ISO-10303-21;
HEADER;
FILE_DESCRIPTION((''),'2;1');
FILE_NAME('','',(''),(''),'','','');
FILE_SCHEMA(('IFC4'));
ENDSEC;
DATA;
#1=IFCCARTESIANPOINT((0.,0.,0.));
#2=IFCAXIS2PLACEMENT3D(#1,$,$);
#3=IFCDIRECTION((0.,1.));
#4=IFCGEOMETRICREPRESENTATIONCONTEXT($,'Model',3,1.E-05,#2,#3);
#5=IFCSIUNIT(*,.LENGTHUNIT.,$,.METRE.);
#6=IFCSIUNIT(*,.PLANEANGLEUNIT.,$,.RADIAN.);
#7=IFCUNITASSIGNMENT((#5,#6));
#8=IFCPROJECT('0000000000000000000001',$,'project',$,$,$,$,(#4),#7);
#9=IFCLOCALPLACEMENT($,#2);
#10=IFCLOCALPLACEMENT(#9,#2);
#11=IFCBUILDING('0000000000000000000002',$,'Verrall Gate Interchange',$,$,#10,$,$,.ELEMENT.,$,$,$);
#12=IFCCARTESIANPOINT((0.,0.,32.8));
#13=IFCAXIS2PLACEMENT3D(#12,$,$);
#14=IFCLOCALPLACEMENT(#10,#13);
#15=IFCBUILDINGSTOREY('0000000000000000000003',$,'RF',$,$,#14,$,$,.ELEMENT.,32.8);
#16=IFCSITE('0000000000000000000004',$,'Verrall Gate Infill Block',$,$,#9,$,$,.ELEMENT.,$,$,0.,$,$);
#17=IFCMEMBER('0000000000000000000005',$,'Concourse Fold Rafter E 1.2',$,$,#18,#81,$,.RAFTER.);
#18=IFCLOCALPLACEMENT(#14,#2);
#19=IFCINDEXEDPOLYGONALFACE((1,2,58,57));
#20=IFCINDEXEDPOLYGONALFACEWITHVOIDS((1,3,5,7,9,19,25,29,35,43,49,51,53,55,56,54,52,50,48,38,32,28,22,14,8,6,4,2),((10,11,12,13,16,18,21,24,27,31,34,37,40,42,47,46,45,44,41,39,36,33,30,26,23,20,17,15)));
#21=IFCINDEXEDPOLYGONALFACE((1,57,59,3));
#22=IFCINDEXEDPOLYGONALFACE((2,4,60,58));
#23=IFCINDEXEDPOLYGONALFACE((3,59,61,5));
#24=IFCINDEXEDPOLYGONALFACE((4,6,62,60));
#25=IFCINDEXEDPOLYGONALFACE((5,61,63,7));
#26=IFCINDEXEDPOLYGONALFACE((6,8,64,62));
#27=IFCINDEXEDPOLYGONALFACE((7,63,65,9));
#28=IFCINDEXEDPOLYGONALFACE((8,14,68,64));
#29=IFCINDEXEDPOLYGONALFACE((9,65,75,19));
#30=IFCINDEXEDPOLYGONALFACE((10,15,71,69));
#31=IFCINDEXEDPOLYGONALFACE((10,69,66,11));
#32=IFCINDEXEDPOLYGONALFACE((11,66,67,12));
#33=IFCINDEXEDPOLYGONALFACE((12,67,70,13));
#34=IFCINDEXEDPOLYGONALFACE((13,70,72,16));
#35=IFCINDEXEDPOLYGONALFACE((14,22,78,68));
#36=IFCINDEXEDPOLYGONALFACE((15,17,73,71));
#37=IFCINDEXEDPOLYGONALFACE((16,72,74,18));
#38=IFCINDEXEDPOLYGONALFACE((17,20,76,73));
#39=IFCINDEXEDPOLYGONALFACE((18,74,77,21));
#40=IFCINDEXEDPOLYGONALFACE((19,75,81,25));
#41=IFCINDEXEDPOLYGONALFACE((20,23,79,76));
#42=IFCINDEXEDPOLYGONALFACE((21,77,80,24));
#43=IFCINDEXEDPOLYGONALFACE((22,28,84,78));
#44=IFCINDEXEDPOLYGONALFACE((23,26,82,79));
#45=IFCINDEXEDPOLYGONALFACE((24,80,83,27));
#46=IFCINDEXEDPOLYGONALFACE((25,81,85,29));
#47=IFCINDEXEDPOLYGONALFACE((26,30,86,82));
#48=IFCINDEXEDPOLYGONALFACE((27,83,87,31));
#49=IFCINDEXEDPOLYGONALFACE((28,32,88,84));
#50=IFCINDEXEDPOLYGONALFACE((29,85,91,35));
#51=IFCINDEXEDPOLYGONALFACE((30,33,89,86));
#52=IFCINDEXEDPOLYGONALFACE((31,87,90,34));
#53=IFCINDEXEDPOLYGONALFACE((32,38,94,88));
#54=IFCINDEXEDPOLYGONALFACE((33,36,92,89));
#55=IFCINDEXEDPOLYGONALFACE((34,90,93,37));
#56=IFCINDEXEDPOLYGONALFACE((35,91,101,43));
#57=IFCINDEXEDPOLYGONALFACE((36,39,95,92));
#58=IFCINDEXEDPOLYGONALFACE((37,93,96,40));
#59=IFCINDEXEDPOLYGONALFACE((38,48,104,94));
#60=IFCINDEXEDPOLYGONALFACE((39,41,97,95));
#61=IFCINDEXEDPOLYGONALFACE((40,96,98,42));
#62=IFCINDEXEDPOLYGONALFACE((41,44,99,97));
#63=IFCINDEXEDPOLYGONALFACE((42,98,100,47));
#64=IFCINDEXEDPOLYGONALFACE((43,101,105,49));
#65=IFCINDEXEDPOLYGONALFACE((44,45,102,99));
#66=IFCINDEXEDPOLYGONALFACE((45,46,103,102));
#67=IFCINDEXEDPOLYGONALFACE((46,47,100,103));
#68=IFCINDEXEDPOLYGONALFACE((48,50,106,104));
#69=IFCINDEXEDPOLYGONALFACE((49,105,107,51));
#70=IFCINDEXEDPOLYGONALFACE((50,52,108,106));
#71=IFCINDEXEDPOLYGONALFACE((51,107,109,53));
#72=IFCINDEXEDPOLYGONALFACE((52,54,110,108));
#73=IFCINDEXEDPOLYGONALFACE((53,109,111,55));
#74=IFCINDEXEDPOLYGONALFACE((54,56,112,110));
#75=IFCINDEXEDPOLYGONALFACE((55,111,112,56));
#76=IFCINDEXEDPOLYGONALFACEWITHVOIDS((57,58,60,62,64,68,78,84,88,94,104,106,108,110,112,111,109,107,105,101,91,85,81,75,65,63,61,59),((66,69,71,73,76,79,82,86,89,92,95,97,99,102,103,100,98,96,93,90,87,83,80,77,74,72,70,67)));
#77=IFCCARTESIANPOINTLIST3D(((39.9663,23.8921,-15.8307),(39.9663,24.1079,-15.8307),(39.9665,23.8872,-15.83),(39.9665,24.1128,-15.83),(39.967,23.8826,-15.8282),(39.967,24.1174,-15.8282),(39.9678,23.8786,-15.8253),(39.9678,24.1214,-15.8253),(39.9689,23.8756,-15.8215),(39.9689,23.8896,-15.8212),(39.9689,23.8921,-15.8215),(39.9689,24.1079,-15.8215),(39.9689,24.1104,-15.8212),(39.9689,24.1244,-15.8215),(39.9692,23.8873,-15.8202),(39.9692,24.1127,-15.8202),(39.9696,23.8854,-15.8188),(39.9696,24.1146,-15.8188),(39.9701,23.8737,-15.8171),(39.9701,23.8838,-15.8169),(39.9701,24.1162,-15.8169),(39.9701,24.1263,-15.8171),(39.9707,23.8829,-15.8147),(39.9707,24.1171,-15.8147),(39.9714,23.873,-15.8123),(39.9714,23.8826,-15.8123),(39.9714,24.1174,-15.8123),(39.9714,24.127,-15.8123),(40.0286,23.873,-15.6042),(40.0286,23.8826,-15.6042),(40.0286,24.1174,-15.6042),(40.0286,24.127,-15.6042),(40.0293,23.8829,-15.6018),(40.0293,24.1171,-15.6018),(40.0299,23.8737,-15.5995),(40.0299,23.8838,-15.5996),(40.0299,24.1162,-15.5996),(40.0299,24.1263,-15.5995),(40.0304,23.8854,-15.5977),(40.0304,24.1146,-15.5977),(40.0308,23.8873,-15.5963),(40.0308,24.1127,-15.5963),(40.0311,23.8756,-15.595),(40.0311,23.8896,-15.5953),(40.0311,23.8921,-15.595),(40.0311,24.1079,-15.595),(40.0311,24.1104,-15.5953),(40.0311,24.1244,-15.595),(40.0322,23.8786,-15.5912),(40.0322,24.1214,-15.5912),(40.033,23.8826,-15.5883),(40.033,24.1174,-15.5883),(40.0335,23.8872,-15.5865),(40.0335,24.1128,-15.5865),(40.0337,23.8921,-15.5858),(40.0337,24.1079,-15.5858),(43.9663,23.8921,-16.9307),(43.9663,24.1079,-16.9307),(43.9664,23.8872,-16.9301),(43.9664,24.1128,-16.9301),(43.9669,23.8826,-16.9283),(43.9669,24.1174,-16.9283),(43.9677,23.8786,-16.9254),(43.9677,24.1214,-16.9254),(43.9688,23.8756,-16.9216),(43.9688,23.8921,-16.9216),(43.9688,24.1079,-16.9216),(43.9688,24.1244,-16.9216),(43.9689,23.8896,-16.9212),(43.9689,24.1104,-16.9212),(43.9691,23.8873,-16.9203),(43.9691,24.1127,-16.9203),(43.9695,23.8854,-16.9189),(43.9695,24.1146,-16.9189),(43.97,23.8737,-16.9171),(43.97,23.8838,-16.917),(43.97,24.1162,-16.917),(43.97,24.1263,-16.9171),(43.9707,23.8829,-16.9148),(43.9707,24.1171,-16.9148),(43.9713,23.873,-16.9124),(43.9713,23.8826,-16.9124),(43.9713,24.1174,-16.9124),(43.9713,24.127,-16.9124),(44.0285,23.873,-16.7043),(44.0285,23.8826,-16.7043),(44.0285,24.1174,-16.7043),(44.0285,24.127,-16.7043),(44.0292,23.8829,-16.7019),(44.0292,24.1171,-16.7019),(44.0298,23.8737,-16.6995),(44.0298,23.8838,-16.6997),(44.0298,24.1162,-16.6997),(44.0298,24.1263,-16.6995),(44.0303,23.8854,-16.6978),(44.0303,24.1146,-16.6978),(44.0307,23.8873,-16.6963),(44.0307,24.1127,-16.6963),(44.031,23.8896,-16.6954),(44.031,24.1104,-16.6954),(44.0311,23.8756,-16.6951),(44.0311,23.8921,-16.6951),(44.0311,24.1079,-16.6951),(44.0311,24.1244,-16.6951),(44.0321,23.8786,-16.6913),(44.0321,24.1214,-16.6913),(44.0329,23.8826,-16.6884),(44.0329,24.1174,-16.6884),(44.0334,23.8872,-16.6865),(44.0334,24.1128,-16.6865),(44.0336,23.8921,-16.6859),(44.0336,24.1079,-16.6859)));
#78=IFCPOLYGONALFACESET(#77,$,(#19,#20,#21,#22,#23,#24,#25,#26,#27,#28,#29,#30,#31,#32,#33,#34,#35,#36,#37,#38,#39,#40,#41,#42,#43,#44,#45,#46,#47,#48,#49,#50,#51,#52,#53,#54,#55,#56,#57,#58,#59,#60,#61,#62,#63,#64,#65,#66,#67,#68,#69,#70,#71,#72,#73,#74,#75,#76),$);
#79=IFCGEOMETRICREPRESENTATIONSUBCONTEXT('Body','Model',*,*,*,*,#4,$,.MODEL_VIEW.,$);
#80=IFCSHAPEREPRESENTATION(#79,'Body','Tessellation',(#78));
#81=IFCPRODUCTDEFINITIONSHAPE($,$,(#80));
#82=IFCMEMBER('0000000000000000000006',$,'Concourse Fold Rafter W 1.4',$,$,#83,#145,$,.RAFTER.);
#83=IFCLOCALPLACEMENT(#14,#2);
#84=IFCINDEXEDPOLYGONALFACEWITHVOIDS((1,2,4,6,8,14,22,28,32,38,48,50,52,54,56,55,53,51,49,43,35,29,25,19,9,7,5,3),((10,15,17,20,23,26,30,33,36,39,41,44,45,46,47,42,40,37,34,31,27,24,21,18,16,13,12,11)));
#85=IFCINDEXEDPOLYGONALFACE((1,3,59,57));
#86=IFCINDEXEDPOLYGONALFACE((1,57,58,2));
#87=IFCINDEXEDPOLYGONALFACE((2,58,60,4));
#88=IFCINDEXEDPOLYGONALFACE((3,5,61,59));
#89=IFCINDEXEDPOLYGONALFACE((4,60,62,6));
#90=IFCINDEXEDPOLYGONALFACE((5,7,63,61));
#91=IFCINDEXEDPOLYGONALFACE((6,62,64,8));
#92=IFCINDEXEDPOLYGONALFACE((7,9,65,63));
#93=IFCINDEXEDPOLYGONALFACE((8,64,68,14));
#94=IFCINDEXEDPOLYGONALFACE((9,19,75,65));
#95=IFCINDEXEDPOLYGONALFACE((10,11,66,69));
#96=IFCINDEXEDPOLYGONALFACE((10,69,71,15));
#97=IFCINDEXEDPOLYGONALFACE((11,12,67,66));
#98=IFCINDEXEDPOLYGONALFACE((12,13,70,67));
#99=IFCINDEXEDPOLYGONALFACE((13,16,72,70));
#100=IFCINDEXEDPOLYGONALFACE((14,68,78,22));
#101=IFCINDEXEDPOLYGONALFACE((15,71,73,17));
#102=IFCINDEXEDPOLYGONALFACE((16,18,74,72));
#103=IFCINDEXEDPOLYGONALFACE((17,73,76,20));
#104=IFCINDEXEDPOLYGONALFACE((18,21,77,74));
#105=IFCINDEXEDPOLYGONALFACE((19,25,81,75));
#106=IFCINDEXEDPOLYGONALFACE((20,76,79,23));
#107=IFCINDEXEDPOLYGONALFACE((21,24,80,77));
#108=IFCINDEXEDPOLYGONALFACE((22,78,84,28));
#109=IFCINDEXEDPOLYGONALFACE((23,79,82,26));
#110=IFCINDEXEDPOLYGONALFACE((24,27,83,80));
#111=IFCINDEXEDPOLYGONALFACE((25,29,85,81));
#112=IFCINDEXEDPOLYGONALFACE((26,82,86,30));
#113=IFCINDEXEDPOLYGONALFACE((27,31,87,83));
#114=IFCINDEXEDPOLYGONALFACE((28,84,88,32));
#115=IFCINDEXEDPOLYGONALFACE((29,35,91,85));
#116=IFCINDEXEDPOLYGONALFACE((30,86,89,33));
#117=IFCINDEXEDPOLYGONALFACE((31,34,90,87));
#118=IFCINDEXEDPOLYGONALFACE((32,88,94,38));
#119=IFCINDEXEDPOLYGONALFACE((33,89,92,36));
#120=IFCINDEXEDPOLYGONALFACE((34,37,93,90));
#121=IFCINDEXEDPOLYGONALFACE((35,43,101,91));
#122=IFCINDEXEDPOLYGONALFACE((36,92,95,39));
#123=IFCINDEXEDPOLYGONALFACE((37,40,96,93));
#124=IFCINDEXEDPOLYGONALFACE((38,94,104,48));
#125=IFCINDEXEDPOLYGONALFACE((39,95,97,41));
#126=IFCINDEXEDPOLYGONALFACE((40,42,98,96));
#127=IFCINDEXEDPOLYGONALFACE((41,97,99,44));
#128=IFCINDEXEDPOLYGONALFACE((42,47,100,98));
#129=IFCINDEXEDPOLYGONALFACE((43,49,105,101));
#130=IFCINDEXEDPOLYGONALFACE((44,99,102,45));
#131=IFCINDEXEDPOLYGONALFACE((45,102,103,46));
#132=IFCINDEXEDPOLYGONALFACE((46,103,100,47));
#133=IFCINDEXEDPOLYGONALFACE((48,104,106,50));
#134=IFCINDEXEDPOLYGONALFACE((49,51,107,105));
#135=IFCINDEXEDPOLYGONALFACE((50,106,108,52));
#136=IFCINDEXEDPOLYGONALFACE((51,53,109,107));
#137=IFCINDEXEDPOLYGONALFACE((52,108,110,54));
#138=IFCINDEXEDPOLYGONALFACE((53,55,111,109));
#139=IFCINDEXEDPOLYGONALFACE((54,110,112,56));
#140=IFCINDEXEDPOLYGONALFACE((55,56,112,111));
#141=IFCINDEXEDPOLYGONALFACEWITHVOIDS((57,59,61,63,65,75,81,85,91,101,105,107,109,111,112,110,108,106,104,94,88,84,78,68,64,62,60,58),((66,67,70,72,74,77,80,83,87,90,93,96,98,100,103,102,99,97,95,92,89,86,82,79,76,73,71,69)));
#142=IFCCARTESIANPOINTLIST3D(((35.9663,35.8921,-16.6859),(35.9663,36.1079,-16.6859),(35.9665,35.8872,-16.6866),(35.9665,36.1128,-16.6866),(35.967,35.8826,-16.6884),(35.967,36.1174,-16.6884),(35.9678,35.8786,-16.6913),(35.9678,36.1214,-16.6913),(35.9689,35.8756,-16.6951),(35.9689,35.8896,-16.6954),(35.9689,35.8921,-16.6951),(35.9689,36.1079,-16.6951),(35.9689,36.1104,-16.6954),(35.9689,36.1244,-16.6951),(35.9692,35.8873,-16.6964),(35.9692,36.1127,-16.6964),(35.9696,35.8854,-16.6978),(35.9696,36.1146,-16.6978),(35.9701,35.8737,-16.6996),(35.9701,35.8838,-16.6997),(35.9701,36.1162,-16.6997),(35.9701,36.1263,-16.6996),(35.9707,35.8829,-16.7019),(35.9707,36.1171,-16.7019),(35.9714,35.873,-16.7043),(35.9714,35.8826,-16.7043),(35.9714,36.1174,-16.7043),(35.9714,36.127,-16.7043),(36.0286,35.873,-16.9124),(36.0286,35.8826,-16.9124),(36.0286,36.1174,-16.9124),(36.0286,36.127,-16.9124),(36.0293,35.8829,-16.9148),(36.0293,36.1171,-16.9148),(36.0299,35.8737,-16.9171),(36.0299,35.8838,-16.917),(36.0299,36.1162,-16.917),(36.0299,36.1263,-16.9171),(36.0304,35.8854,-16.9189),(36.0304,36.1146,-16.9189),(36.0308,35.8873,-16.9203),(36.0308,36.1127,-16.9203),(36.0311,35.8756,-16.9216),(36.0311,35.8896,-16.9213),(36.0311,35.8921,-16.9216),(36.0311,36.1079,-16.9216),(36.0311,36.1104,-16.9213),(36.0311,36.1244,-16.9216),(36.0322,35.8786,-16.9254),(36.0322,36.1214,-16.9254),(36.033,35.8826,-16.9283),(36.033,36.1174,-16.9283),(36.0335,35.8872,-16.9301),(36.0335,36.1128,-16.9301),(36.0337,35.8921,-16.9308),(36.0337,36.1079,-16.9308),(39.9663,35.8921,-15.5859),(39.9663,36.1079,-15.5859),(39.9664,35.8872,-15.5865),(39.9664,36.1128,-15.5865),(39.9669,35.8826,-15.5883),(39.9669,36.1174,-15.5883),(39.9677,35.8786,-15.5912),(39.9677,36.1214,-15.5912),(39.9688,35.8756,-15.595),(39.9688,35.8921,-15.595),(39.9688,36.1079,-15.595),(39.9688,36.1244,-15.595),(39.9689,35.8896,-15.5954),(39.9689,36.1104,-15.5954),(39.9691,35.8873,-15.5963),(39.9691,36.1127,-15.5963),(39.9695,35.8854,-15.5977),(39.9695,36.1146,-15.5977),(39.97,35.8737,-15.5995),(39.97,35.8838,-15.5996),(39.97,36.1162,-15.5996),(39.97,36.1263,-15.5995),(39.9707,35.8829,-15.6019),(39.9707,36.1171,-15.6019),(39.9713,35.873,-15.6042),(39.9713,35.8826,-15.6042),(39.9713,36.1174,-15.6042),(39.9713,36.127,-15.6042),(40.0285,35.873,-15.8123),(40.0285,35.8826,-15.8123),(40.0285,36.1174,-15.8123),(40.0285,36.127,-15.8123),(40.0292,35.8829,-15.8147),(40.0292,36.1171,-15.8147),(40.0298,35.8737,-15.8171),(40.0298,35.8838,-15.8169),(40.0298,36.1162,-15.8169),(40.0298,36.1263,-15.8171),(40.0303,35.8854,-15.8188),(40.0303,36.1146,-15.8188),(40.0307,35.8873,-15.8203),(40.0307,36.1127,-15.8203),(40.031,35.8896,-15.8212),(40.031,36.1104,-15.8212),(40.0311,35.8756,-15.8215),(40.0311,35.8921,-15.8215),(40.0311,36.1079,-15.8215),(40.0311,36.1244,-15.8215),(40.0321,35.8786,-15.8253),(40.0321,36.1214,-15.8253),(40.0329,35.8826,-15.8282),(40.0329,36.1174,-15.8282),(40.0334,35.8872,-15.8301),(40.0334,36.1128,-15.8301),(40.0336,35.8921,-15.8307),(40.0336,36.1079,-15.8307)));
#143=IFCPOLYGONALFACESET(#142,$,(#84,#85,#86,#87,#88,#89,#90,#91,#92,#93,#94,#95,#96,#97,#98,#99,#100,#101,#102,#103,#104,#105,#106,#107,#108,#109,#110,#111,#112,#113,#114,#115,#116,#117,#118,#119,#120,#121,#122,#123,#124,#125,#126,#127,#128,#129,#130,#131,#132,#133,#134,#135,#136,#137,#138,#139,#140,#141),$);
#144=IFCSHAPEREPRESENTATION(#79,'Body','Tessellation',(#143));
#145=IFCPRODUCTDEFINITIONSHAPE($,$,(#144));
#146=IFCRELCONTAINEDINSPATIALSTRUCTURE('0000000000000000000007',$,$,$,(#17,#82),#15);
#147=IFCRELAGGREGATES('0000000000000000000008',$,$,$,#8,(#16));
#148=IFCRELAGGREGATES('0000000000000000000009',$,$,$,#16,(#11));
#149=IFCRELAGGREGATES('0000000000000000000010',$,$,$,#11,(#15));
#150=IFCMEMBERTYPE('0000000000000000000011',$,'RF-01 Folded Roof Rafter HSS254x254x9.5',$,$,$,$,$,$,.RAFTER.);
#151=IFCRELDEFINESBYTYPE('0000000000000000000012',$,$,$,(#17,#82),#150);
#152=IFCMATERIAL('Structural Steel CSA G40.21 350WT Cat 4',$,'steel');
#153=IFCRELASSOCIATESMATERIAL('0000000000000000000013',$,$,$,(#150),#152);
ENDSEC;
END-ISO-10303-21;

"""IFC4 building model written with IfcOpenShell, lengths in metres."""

from ifc_helpers import new_model, si_unit, direction, frame, origin, origin_2d, place, context, subcontext, project, spatial, hollow_rectangle, extrude, material, material_profile, profile_set, type_object, element, save


model = new_model("IFC4")

# Units and contexts
model_context = context("Model", 3, precision=1e-05, world=origin(), true_north=direction((0.0, 1.0)))
body_context = subcontext(model_context, "Body", "Model", "MODEL_VIEW")
ifc_project = project(units=[si_unit("LENGTHUNIT", "METRE"), si_unit("PLANEANGLEUNIT", "RADIAN")], contexts=[model_context])

# Site, building, storey
site_placement = place(None, origin())
site = spatial("IfcSite", under=ifc_project, at=site_placement, Name="Verrall Gate Infill Block", CompositionType="ELEMENT", RefElevation=0.0)
building_placement = place(site_placement, origin())
building = spatial("IfcBuilding", under=site, at=building_placement, Name="Verrall Gate Interchange", CompositionType="ELEMENT")
storey_placement = place(building_placement, frame((0.0, 0.0, 32.8)))
storey = spatial("IfcBuildingStorey", under=building, at=storey_placement, Name="RF", CompositionType="ELEMENT", Elevation=32.8)

# Members
ifc_material_1 = material(Name="Structural Steel CSA G40.21 350WT Cat 4", Category="steel")
ifc_material_profile_1 = material_profile(ifc_material_1, hollow_rectangle(XDim=0.2539, YDim=0.2539, WallThickness=0.0095, InnerFilletRadius=0.0095, OuterFilletRadius=0.019, at=origin_2d()), Name="HSS254x254x9.5")
ifc_profile_set_1 = profile_set([ifc_material_profile_1], Name="Structural Steel CSA G40.21 350WT Cat 4")
member_type_1 = type_object("IfcMemberType", Name="RF-01 Folded Roof Rafter HSS254x254x9.5", PredefinedType="RAFTER", material=ifc_profile_set_1)
for number, where, z_axis, x_axis, name in (
    (1, (40.0, 24.0, -15.7083), (0.964199, 0.0, -0.265178), (0.0, 1.0, 0.0), "Concourse Fold Rafter E 1.2"),
    (2, (36.0, 36.0, -16.8083), (0.964199, 0.0, 0.265178), (0.0, 1.0, 0.0), "Concourse Fold Rafter W 1.4"),
):
    element("IfcMember", number, at=place(storey_placement, frame(where, z_axis=z_axis, x_axis=x_axis)), inside=storey, type_object=member_type_1, Name=name, PredefinedType="RAFTER", context=body_context, shape_type="SweptSolid", body=[
        extrude(hollow_rectangle(XDim=0.2539, YDim=0.2539, WallThickness=0.0095, InnerFilletRadius=0.0095, OuterFilletRadius=0.019, at=origin_2d()), origin(), (0.0, 0.0, 1.0), 4.1484),
    ])

save(model, "model.ifc")
